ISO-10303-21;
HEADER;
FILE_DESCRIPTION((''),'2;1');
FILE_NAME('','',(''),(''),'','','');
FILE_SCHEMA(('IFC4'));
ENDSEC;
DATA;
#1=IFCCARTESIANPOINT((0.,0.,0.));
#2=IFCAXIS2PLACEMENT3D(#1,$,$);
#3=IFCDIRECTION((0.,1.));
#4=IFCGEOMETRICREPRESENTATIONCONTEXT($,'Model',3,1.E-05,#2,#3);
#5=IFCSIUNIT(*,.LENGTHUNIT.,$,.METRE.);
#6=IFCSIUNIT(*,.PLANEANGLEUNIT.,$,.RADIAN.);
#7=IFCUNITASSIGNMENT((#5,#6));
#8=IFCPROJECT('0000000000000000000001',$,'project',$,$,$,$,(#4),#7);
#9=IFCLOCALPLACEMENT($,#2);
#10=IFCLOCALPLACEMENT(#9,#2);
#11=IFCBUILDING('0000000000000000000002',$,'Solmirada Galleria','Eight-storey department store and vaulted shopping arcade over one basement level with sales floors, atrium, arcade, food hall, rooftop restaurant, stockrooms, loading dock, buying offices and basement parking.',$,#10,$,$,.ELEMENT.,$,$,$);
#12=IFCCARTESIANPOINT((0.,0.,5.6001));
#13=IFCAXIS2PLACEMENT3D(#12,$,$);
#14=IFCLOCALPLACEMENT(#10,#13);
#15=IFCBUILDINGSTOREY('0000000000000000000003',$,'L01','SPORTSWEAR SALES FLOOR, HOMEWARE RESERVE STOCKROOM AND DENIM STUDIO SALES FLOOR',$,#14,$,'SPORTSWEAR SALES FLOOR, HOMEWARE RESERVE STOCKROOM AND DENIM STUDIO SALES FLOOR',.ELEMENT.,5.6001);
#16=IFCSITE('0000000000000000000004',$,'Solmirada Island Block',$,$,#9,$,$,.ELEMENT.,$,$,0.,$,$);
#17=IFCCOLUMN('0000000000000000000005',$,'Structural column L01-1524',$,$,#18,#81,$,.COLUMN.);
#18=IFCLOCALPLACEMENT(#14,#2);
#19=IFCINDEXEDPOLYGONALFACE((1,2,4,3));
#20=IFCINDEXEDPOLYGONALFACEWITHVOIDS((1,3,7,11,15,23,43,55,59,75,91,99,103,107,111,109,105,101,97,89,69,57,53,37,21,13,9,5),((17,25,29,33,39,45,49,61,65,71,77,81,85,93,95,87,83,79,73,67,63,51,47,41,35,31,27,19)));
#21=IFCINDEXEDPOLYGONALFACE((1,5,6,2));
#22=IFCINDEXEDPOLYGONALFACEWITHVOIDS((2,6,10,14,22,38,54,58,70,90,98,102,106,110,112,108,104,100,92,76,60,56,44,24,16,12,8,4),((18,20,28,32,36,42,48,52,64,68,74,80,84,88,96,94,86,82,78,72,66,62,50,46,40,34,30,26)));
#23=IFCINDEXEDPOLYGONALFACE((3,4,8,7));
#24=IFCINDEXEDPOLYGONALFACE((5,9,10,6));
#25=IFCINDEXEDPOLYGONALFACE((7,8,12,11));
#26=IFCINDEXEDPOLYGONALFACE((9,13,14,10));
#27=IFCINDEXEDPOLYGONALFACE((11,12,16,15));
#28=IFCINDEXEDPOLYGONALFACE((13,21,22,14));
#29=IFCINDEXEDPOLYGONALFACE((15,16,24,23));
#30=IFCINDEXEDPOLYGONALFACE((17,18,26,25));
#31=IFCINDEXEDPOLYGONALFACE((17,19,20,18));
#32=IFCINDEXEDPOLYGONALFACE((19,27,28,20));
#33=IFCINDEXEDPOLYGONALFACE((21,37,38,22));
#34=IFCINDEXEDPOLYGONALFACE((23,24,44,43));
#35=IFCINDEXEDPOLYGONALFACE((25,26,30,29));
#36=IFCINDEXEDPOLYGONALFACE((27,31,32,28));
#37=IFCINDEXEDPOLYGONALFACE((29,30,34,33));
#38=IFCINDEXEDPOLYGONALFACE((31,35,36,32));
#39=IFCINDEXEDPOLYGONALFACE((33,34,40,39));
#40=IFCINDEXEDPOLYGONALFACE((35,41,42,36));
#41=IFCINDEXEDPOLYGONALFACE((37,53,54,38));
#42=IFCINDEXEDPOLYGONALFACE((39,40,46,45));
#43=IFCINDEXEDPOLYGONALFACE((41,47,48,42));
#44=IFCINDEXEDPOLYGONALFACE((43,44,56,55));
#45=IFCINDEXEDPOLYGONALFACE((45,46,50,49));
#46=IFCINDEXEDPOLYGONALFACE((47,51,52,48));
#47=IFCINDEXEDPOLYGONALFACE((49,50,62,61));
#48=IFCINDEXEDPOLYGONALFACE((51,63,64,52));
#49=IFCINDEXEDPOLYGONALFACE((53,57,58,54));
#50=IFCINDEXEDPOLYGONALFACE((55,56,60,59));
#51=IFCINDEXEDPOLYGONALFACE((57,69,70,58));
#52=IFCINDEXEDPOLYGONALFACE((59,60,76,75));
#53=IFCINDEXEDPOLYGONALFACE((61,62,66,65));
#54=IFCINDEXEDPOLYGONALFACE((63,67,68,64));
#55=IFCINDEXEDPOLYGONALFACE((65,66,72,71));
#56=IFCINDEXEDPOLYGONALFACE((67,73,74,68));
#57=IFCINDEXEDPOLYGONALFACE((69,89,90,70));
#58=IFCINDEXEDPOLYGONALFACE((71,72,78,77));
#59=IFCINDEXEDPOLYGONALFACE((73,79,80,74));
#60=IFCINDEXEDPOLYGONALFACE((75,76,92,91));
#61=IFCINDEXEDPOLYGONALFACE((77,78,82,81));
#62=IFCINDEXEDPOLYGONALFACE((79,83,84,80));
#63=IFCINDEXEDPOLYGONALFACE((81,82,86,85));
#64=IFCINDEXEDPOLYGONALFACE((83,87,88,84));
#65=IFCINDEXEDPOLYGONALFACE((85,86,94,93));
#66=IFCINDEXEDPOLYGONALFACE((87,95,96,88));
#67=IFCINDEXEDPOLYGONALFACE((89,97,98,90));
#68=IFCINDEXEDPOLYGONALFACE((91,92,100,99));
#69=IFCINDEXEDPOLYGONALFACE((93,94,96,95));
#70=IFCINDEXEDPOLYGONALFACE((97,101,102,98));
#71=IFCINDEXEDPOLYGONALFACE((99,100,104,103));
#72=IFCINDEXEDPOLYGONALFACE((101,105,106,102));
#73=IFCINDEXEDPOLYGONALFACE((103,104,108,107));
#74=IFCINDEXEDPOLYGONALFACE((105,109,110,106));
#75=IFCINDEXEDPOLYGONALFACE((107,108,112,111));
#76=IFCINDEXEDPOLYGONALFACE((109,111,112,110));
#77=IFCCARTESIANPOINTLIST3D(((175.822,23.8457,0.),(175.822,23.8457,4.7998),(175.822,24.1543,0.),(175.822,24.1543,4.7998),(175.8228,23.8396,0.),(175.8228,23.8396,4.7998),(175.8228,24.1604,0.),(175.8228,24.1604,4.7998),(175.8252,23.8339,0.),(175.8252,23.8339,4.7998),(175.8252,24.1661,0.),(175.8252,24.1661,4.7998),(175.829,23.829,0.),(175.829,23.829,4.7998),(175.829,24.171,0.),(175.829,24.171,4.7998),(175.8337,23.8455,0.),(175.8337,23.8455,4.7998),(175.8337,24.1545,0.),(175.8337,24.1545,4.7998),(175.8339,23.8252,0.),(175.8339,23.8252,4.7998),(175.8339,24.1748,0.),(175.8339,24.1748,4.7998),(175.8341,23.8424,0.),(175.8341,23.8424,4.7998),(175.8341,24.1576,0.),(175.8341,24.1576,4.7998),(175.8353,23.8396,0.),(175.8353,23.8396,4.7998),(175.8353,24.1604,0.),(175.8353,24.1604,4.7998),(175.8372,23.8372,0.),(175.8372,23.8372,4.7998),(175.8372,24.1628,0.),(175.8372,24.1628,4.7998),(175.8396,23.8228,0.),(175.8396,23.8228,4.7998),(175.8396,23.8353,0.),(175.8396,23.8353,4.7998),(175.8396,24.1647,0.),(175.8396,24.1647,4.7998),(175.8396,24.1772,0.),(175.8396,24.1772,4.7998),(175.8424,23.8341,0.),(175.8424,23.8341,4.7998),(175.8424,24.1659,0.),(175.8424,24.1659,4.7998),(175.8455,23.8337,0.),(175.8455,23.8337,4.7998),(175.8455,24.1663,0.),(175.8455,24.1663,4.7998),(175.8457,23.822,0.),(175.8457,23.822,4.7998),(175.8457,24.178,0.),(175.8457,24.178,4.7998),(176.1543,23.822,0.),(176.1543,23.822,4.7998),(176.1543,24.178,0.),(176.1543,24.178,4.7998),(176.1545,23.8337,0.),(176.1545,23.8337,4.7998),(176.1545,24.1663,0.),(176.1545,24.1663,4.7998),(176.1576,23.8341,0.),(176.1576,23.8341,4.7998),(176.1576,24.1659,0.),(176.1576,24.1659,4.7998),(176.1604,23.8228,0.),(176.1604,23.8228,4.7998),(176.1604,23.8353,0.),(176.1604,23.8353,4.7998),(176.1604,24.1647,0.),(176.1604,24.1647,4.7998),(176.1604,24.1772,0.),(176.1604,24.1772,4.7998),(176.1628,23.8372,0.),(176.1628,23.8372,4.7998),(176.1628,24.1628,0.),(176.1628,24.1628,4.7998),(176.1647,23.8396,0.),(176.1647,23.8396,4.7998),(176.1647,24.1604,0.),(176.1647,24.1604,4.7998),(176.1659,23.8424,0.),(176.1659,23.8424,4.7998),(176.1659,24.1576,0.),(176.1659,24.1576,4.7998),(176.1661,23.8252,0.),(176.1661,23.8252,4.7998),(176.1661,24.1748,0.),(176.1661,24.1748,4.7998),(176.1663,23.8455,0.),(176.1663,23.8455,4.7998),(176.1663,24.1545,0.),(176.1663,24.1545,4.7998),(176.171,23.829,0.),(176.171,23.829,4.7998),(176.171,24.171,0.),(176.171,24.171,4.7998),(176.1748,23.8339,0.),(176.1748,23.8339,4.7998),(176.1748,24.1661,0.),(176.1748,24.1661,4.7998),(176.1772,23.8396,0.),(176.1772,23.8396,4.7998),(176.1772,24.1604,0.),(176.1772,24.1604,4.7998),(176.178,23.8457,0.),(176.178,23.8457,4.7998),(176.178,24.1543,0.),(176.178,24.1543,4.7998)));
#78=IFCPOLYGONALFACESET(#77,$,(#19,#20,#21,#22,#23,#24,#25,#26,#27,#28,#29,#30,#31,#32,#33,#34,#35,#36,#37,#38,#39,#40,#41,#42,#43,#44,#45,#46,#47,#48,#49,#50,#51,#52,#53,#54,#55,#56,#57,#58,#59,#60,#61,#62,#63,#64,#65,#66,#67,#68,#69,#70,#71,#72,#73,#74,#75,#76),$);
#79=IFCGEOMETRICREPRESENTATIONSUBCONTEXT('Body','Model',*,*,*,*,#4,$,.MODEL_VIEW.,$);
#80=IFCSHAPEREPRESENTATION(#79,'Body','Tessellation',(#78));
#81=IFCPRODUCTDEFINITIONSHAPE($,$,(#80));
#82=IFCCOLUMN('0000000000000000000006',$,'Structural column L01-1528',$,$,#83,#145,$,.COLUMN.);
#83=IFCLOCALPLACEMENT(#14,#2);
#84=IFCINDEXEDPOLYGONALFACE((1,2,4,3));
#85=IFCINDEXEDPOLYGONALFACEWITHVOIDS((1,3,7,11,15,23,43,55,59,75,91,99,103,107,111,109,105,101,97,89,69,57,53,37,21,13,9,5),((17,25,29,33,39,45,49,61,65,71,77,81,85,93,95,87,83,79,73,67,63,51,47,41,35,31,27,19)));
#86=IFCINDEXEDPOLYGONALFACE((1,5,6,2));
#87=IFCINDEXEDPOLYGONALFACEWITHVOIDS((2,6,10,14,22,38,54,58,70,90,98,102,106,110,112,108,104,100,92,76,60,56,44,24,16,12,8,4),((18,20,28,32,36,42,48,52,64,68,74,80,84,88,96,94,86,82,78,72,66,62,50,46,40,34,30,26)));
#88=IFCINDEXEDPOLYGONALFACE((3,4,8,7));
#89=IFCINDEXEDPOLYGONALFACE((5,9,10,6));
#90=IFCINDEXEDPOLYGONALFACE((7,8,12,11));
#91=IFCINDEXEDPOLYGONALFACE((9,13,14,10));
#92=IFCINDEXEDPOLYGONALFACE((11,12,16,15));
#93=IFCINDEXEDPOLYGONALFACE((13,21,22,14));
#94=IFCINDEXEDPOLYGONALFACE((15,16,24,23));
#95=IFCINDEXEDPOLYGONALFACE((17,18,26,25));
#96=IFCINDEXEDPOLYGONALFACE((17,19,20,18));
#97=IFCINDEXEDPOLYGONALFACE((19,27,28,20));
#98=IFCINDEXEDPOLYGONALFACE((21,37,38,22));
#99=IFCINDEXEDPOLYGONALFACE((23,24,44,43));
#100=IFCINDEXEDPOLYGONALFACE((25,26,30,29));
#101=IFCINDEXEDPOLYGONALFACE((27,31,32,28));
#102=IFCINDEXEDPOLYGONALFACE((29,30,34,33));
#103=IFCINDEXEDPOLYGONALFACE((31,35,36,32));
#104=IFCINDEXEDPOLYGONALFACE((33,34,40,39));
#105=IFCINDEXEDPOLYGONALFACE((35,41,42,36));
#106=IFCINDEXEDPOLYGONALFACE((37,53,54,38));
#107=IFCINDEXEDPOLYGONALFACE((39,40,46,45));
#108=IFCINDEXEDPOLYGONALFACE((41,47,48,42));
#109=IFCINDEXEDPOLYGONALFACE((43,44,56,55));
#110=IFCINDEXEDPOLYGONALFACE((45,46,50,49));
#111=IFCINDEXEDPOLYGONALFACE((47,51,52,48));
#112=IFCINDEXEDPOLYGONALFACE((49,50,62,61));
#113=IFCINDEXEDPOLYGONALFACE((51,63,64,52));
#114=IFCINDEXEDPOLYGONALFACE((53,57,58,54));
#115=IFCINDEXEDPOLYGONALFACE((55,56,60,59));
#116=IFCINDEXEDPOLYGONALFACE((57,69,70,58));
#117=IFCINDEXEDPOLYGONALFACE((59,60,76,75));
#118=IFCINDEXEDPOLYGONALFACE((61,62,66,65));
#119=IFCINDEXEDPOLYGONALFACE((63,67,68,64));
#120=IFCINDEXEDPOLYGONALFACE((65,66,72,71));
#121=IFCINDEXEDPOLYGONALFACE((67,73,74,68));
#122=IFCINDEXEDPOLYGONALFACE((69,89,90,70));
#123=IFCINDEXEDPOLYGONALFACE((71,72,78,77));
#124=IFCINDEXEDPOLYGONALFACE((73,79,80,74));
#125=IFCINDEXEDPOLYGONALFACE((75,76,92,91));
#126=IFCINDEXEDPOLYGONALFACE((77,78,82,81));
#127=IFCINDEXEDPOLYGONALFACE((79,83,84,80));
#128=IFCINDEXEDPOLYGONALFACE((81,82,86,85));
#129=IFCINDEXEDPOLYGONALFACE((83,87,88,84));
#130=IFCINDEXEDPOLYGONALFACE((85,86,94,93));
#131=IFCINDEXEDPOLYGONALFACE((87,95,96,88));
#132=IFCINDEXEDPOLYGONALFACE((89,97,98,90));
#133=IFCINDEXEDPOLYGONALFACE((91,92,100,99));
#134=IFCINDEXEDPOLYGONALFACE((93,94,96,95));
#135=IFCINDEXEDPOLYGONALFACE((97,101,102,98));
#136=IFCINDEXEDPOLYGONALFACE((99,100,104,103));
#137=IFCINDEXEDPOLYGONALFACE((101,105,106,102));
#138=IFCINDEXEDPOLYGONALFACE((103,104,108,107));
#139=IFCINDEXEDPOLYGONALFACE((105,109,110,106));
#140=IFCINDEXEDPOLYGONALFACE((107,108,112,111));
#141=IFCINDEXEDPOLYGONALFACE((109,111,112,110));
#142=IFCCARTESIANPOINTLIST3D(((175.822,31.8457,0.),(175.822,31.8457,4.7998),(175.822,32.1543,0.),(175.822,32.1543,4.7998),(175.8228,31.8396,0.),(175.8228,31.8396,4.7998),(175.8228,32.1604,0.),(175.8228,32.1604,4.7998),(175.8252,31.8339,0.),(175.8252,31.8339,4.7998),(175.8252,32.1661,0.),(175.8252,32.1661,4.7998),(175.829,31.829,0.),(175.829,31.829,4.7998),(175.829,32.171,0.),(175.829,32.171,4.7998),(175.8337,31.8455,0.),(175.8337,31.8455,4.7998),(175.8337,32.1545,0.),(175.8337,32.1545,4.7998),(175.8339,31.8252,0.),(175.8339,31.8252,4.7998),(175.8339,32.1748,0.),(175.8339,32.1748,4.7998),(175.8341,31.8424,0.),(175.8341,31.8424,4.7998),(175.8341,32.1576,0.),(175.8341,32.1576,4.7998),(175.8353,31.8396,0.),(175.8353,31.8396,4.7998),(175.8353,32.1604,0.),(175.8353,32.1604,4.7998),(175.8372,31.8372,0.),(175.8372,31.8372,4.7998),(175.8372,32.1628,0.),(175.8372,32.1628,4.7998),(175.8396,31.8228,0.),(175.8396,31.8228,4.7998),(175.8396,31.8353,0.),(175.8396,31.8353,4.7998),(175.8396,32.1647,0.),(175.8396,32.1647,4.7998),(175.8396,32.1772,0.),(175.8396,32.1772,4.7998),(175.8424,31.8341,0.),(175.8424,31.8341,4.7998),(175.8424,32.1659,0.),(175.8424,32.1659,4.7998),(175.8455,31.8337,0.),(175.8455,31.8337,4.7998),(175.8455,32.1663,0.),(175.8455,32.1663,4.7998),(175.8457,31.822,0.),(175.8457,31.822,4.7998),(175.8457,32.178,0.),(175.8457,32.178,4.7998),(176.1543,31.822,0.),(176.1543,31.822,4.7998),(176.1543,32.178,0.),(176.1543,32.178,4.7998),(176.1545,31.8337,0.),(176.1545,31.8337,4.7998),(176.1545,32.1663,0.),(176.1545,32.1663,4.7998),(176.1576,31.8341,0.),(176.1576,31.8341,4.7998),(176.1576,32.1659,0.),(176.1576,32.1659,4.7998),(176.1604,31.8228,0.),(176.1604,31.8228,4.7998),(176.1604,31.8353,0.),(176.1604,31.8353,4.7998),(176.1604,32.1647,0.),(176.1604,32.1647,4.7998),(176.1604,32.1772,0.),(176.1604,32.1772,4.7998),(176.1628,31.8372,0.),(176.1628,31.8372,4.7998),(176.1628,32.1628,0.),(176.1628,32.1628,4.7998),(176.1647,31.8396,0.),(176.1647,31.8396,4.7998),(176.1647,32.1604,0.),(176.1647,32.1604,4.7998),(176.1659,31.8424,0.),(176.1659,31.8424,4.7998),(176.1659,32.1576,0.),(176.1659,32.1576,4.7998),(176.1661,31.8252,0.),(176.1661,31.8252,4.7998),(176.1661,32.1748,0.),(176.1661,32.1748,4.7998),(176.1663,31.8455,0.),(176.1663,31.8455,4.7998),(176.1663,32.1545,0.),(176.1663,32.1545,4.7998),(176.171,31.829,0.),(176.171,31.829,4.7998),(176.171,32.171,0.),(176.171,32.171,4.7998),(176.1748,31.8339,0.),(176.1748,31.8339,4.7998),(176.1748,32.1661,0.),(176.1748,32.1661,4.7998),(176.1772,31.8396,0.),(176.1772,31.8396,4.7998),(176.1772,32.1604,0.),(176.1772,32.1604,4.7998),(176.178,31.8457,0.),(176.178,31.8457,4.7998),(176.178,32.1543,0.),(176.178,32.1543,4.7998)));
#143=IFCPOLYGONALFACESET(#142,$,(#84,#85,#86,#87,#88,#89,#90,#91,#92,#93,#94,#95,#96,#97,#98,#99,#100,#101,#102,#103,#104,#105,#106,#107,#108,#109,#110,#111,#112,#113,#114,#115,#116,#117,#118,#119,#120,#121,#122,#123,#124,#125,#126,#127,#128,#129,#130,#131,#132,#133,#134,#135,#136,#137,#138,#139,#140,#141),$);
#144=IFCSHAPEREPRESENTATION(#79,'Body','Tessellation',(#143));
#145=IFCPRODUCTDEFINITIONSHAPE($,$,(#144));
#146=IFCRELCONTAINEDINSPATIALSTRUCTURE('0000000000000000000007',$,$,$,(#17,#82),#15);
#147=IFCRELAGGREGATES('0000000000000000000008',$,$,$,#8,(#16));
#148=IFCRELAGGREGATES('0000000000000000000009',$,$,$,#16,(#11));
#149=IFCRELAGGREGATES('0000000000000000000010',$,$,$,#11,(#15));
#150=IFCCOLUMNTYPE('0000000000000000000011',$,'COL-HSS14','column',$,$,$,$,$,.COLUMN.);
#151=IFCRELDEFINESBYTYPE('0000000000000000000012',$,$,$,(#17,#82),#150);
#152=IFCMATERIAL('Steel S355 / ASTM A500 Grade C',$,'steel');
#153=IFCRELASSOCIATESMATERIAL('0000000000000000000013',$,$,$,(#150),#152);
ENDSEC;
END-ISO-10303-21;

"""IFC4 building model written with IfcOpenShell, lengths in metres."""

from ifc_helpers import new_model, si_unit, direction, frame, origin, origin_2d, place, context, subcontext, project, spatial, hollow_rectangle, extrude, material, material_profile, profile_set, type_object, element, save


model = new_model("IFC4")

# Units and contexts
model_context = context("Model", 3, precision=1e-05, world=origin(), true_north=direction((0.0, 1.0)))
body_context = subcontext(model_context, "Body", "Model", "MODEL_VIEW")
ifc_project = project(units=[si_unit("LENGTHUNIT", "METRE"), si_unit("PLANEANGLEUNIT", "RADIAN")], contexts=[model_context])

# Site, building, storey
site_placement = place(None, origin())
site = spatial("IfcSite", under=ifc_project, at=site_placement, Name="Solmirada Island Block", CompositionType="ELEMENT", RefElevation=0.0)
building_placement = place(site_placement, origin())
building = spatial("IfcBuilding", under=site, at=building_placement, Name="Solmirada Galleria", Description="Eight-storey department store and vaulted shopping arcade over one basement level with sales floors, atrium, arcade, food hall, rooftop restaurant, stockrooms, loading dock, buying offices and basement parking.", CompositionType="ELEMENT")
storey_placement = place(building_placement, frame((0.0, 0.0, 5.6001)))
storey = spatial("IfcBuildingStorey", under=building, at=storey_placement, Name="L01", Description="SPORTSWEAR SALES FLOOR, HOMEWARE RESERVE STOCKROOM AND DENIM STUDIO SALES FLOOR", LongName="SPORTSWEAR SALES FLOOR, HOMEWARE RESERVE STOCKROOM AND DENIM STUDIO SALES FLOOR", CompositionType="ELEMENT", Elevation=5.6001)

# Columns
ifc_material_1 = material(Name="Steel S355 / ASTM A500 Grade C", Category="steel")
ifc_material_profile_1 = material_profile(ifc_material_1, hollow_rectangle(XDim=0.356, YDim=0.356, WallThickness=0.0117, InnerFilletRadius=0.0117, OuterFilletRadius=0.0237, at=origin_2d()), Name="HSS14X14X1/2")
ifc_profile_set_1 = profile_set([ifc_material_profile_1], Name="Steel S355 / ASTM A500 Grade C")
column_type = type_object("IfcColumnType", Name="COL-HSS14", Description="column", PredefinedType="COLUMN", material=ifc_profile_set_1)
for number, where, z_axis, x_axis, name in (
    (1, (176.0, 24.0, 0.0), (0.0, 0.0, 1.0), (1.0, 0.0, 0.0), "Structural column L01-1524"),
    (2, (176.0, 32.0, 0.0), (0.0, 0.0, 1.0), (1.0, 0.0, 0.0), "Structural column L01-1528"),
):
    element("IfcColumn", number, at=place(storey_placement, frame(where, z_axis=z_axis, x_axis=x_axis)), inside=storey, type_object=column_type, Name=name, PredefinedType="COLUMN", context=body_context, shape_type="SweptSolid", body=[
        extrude(hollow_rectangle(XDim=0.356, YDim=0.356, WallThickness=0.0117, InnerFilletRadius=0.0117, OuterFilletRadius=0.0237, at=origin_2d()), origin(), (0.0, 0.0, 1.0), 4.7998),
    ])

save(model, "model.ifc")
